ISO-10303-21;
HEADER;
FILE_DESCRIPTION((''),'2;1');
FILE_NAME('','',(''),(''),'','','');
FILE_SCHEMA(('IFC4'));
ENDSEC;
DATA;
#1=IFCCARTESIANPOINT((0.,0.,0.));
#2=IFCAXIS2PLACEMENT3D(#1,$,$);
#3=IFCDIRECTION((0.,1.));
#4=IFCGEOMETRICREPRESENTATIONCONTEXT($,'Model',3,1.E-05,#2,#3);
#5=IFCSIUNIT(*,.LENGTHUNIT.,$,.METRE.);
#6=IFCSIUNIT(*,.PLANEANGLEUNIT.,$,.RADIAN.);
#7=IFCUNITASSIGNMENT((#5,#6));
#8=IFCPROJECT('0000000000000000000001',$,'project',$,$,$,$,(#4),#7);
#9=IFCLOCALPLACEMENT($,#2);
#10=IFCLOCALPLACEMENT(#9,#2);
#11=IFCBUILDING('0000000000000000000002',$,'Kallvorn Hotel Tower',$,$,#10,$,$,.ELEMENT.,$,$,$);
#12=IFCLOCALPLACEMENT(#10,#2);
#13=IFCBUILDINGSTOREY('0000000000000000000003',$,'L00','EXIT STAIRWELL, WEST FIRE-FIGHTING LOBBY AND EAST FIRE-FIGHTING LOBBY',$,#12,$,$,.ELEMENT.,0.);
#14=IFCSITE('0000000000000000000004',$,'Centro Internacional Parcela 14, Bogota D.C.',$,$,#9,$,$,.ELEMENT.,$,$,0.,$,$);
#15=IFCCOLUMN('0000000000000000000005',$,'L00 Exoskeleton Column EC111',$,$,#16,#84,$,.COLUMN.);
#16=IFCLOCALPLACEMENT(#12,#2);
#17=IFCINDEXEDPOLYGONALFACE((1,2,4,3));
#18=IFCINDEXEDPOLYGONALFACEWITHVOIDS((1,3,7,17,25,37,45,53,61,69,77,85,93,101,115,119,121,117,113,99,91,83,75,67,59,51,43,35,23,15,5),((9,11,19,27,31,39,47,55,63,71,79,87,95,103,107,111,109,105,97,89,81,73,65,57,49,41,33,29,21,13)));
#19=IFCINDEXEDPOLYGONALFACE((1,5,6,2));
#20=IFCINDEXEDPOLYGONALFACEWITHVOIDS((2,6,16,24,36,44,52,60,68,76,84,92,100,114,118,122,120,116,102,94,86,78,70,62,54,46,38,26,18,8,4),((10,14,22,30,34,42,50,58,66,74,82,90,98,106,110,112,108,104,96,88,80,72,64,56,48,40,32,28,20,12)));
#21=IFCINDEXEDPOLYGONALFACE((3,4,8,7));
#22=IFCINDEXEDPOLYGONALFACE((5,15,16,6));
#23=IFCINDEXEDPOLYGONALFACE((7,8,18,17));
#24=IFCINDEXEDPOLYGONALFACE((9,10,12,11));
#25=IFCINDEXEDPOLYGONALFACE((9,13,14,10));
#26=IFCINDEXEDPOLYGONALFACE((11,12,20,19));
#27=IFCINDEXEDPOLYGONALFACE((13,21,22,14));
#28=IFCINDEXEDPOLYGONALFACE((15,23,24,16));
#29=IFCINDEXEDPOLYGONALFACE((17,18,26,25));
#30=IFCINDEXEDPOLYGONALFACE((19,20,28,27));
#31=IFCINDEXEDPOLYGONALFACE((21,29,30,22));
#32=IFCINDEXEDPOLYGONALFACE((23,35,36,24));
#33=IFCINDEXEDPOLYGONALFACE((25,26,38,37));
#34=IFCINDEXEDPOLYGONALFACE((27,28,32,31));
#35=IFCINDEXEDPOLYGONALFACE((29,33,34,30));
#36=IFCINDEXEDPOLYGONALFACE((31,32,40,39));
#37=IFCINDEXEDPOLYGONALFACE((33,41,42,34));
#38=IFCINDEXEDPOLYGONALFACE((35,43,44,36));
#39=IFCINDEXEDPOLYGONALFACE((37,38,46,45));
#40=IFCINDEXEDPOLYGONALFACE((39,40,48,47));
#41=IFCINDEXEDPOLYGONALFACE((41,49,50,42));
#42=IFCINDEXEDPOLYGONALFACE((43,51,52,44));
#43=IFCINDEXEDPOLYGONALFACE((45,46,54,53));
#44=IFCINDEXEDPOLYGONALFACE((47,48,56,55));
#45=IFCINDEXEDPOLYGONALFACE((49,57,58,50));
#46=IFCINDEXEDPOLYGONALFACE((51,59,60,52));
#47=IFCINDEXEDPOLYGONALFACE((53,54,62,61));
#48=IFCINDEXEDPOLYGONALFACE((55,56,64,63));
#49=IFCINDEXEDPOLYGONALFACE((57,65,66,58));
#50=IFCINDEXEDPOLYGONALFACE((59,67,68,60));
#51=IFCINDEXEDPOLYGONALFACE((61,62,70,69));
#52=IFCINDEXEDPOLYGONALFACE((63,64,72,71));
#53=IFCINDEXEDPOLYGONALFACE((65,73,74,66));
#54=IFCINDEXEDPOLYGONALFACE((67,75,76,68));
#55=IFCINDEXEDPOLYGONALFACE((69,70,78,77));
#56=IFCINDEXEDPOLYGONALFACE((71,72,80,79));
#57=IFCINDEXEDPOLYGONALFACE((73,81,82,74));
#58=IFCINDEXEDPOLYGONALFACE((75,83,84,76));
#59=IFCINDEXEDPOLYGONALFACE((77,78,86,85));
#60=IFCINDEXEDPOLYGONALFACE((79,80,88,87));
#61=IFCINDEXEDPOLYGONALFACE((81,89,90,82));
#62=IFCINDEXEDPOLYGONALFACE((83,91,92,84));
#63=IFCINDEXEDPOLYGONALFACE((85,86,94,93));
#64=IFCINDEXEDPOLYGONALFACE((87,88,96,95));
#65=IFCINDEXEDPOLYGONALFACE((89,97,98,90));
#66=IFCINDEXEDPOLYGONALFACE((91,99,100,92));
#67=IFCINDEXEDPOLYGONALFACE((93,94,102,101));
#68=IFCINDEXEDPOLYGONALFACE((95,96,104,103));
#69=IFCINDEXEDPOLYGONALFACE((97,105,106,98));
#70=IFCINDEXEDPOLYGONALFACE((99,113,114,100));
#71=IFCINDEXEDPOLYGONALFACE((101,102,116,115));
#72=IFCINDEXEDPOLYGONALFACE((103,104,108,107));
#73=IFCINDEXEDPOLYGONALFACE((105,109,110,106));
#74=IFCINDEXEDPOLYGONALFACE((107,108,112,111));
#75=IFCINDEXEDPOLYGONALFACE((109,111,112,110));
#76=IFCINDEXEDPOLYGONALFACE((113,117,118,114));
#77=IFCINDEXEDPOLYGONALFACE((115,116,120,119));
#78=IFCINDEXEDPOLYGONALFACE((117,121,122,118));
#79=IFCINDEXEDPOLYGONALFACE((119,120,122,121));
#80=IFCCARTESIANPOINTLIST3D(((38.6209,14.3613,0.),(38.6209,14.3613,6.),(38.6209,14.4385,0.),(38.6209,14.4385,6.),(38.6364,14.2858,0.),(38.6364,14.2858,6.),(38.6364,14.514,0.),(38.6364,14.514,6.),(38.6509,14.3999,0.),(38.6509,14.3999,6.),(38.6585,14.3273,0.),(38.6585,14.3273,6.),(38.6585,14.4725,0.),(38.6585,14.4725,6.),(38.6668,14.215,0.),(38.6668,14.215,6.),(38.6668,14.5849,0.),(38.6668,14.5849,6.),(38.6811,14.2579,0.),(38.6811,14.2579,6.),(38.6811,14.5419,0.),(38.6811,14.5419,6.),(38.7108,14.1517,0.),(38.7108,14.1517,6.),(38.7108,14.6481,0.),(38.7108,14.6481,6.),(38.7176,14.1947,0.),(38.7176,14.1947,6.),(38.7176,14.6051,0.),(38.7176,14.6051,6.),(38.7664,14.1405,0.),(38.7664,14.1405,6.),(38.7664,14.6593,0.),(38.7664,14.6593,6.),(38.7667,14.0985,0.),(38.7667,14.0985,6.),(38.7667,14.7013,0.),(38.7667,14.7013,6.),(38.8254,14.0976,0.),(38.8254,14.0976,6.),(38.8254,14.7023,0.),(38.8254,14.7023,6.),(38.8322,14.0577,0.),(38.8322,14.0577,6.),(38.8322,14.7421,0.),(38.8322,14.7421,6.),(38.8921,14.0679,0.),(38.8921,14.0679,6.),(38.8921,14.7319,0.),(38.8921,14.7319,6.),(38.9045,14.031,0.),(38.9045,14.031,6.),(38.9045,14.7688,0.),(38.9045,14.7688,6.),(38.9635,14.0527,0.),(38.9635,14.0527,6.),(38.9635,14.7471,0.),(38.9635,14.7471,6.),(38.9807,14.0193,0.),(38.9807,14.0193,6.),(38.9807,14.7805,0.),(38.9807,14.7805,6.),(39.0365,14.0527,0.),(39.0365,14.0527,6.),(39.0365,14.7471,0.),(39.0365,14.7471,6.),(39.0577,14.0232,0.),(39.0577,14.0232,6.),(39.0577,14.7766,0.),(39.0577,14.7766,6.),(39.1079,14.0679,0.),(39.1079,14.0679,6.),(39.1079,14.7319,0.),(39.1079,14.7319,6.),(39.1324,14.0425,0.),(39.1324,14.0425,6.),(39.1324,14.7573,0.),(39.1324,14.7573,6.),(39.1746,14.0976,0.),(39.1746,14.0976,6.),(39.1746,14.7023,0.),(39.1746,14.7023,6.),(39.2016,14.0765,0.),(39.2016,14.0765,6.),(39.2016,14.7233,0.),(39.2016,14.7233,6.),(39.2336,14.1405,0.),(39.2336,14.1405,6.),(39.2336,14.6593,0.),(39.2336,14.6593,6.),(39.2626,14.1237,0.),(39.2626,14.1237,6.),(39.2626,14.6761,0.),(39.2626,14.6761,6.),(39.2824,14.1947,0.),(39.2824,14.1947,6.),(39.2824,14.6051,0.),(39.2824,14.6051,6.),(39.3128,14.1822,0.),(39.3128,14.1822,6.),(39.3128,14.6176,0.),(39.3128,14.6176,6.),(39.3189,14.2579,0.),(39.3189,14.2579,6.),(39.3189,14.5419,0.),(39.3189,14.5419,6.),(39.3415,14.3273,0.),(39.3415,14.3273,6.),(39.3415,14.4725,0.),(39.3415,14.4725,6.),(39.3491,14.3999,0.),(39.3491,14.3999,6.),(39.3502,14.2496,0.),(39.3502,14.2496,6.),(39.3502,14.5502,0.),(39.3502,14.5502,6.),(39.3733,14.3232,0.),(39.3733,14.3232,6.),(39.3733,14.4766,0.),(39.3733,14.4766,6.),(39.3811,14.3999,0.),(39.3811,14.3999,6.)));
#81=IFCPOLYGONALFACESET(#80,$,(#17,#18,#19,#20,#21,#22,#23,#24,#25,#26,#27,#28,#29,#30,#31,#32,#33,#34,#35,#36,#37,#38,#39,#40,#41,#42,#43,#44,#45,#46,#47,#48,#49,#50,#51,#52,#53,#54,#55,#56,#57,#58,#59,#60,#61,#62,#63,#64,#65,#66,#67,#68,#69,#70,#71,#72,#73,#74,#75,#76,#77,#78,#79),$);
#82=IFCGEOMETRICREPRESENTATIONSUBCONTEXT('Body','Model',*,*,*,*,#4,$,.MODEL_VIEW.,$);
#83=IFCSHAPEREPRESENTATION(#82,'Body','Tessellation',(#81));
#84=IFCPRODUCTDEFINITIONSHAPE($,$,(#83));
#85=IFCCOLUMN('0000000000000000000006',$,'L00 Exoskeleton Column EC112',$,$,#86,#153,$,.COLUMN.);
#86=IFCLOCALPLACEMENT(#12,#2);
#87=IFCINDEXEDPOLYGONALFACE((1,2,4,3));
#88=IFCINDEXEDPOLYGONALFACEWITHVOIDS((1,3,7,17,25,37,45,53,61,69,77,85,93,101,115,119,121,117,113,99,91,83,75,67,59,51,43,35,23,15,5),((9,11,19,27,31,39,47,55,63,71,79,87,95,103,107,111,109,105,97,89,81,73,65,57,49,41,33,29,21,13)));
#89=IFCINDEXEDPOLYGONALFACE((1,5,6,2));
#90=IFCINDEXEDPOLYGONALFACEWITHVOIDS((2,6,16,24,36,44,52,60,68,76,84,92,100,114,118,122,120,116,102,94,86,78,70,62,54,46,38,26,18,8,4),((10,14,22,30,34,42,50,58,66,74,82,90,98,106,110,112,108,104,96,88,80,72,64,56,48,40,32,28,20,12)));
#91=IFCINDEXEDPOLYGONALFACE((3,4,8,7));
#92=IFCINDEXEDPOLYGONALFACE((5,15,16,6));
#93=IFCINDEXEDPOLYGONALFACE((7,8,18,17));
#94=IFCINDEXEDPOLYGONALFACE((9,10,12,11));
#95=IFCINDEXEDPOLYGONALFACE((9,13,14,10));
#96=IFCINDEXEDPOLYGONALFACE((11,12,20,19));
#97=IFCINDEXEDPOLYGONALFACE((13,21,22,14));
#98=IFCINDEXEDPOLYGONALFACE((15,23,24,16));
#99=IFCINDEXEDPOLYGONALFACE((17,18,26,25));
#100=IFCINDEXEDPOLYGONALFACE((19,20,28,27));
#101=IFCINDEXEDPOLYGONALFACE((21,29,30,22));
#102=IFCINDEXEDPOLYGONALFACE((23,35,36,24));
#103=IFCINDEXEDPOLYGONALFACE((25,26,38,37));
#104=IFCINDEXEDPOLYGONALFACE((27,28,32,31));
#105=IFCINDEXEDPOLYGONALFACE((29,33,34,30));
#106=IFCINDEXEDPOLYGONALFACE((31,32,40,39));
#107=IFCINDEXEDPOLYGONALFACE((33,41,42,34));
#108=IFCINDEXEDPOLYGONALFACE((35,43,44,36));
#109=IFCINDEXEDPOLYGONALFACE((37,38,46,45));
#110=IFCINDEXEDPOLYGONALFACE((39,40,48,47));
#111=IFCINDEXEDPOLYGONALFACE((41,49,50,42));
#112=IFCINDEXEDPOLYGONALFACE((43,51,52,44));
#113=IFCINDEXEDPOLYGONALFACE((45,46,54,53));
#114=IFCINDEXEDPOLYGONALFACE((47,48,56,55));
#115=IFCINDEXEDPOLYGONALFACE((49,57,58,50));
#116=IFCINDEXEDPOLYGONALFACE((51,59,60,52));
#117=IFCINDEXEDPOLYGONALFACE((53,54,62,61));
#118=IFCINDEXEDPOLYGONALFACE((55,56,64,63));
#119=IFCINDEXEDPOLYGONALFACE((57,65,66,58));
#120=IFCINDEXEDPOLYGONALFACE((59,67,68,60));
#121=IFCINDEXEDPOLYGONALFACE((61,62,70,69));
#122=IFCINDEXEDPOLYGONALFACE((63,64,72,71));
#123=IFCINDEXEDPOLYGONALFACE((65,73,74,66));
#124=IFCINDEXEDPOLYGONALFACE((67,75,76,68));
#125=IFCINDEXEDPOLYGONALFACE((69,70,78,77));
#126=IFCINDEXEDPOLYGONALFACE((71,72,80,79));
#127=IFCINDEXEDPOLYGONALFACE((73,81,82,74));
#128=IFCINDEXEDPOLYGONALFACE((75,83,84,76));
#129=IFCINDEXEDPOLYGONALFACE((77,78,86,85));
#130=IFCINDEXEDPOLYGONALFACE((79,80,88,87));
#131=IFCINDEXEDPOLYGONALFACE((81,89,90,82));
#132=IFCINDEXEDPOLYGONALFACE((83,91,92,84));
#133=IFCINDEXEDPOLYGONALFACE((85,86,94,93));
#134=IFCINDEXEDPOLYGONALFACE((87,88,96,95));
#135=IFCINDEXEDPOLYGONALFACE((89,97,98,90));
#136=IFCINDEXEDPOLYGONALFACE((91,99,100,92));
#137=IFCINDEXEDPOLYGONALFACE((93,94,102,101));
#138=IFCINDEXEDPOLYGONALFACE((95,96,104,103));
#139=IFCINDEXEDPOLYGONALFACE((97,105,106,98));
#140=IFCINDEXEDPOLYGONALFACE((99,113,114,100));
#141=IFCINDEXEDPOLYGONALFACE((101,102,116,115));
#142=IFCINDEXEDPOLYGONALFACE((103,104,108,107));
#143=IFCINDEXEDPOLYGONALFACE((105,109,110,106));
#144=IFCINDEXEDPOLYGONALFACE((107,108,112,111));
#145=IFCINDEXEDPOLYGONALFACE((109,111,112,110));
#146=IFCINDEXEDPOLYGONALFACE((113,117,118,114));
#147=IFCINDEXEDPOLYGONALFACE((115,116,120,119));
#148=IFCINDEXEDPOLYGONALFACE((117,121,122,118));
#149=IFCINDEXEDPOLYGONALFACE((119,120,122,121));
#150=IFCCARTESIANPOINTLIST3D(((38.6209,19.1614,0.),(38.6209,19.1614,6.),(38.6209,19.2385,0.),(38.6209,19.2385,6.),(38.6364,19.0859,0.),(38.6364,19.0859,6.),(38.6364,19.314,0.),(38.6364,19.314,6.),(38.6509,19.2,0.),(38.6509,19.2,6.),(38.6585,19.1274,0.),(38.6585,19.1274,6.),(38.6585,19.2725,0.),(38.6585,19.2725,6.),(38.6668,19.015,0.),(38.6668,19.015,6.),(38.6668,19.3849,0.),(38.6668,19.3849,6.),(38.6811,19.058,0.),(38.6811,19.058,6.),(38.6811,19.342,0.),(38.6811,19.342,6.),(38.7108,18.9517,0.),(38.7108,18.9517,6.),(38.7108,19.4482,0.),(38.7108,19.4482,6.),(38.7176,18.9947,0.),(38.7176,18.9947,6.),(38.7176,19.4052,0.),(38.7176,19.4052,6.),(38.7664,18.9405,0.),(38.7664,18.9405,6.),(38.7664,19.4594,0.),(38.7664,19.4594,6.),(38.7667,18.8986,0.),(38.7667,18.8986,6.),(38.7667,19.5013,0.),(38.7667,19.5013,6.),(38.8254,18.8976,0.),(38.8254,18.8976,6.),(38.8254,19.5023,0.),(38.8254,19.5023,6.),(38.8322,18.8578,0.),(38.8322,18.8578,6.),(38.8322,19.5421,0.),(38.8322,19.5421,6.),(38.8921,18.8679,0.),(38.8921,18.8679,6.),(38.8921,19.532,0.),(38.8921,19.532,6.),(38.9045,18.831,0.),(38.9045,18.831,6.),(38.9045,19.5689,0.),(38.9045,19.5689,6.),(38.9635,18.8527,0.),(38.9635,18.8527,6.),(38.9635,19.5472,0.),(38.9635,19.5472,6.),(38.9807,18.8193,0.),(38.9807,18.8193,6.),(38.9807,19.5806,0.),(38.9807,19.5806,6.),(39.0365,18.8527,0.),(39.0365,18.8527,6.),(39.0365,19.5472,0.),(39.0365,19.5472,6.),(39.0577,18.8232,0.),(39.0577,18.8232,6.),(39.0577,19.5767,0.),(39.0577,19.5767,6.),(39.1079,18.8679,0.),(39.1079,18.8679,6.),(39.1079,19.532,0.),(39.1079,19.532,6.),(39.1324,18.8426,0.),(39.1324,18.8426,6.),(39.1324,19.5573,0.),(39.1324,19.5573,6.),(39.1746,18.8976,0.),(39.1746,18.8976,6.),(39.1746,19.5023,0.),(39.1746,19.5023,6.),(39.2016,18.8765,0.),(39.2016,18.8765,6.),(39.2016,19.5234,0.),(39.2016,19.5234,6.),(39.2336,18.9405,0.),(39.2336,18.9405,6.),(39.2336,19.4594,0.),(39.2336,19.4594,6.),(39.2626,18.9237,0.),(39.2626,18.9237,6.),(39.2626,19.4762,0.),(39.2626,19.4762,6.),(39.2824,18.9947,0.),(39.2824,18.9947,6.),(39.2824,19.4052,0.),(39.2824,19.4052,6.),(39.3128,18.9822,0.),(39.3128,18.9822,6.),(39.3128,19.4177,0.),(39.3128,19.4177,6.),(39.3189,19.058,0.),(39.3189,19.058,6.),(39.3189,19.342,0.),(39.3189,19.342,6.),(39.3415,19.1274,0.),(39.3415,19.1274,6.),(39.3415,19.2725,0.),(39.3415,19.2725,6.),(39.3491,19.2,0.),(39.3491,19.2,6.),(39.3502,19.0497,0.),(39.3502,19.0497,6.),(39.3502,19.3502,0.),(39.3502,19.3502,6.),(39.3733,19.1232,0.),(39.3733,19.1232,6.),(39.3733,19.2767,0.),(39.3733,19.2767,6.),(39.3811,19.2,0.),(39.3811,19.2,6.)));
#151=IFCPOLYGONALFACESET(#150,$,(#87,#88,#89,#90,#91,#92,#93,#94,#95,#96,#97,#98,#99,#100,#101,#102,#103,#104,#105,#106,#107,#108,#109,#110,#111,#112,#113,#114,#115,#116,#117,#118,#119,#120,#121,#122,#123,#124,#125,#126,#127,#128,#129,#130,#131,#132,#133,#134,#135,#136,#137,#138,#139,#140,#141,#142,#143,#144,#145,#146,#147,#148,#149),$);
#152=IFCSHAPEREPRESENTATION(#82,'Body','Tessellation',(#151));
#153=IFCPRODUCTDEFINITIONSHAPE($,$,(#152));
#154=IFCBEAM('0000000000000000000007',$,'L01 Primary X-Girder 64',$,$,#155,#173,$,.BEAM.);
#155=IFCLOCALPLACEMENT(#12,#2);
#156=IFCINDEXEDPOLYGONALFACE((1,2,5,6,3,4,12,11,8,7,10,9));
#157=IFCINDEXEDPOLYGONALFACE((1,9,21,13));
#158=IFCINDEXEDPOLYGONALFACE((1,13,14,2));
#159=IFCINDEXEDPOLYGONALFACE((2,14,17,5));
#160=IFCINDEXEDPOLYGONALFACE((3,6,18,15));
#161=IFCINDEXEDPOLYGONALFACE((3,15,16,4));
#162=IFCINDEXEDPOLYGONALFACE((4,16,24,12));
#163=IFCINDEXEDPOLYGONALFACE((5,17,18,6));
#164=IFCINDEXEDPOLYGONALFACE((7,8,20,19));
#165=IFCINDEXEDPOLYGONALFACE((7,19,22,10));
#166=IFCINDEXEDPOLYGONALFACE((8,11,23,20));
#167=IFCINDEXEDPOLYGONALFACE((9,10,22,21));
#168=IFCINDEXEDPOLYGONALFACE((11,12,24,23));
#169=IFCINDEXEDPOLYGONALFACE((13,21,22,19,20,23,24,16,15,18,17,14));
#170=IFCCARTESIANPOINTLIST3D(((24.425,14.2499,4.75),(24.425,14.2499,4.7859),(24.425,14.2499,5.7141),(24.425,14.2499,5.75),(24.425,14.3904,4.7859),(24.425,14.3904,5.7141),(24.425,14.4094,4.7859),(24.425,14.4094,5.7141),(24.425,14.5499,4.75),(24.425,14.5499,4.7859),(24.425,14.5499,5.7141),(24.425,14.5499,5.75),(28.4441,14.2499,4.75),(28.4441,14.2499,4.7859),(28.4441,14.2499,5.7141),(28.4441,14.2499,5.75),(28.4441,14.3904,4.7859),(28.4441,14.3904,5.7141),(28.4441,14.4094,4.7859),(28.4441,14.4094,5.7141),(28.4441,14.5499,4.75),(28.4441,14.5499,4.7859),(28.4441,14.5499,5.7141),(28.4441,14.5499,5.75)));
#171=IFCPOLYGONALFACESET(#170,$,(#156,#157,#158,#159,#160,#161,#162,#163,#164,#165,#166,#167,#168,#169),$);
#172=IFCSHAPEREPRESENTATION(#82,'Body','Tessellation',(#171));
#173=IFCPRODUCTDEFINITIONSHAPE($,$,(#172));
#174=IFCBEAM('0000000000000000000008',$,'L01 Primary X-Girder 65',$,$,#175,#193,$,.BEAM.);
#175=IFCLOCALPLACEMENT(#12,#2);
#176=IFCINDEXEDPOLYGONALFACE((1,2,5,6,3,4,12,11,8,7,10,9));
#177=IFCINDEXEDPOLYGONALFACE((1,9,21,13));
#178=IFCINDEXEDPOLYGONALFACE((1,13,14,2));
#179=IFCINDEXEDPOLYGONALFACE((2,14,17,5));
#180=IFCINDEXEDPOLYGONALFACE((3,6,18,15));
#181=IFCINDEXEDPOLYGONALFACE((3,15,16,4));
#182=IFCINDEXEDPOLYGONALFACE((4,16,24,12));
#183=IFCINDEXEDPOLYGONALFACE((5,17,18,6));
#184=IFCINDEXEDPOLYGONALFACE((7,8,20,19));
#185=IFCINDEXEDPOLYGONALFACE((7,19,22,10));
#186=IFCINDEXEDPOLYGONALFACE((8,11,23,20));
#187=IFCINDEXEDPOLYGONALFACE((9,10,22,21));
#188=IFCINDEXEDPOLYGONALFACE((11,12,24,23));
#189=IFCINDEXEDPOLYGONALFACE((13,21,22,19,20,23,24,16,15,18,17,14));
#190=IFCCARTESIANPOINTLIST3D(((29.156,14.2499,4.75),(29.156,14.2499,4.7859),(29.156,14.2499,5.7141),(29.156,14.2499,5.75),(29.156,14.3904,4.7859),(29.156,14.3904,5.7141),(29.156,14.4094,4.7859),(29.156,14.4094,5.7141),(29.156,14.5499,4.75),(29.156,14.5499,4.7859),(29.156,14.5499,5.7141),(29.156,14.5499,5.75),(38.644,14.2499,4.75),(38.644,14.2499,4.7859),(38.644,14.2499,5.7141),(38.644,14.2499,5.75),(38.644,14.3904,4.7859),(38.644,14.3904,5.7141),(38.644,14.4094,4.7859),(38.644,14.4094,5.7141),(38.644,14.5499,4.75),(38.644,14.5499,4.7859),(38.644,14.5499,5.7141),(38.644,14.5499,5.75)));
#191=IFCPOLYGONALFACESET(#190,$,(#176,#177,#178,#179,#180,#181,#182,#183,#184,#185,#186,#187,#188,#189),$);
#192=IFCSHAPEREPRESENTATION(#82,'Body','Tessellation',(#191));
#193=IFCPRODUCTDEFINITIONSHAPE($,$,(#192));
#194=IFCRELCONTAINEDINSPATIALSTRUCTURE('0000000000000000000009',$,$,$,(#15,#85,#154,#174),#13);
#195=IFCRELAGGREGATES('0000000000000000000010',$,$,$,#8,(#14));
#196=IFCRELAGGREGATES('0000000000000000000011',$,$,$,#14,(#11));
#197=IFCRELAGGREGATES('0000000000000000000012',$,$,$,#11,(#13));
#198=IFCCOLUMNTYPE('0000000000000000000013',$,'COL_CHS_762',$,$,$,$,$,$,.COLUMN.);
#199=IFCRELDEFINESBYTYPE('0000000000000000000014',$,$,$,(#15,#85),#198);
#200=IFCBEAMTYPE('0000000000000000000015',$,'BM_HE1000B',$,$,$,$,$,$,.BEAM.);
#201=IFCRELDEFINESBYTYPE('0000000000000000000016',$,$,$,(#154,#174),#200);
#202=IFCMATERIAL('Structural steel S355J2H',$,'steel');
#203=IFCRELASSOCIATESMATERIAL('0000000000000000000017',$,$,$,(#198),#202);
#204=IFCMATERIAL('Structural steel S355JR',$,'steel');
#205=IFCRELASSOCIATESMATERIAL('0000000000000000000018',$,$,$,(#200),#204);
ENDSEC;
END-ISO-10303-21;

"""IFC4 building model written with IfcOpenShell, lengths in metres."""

from ifc_helpers import new_model, si_unit, direction, frame, origin, origin_2d, place, context, subcontext, project, spatial, hollow_circle, i_section, extrude, material, material_profile, profile_set, type_object, element, save


model = new_model("IFC4")

# Units and contexts
model_context = context("Model", 3, precision=1e-05, world=origin(), true_north=direction((0.0, 1.0)))
body_context = subcontext(model_context, "Body", "Model", "MODEL_VIEW")
ifc_project = project(units=[si_unit("LENGTHUNIT", "METRE"), si_unit("PLANEANGLEUNIT", "RADIAN")], contexts=[model_context])

# Site, building, storey
site_placement = place(None, origin())
site = spatial("IfcSite", under=ifc_project, at=site_placement, Name="Centro Internacional Parcela 14, Bogota D.C.", CompositionType="ELEMENT", RefElevation=0.0)
building_placement = place(site_placement, origin())
building = spatial("IfcBuilding", under=site, at=building_placement, Name="Kallvorn Hotel Tower", CompositionType="ELEMENT")
storey_placement = place(building_placement, origin())
storey = spatial("IfcBuildingStorey", under=building, at=storey_placement, Name="L00", Description="EXIT STAIRWELL, WEST FIRE-FIGHTING LOBBY AND EAST FIRE-FIGHTING LOBBY", CompositionType="ELEMENT", Elevation=0.0)

# Columns
ifc_material_1 = material(Name="Structural steel S355J2H", Category="steel")
ifc_material_profile_1 = material_profile(ifc_material_1, hollow_circle(Radius=0.3811, WallThickness=0.032, at=origin_2d()), Name="CHS 762x32")
ifc_profile_set_1 = profile_set([ifc_material_profile_1], Name="Structural steel S355J2H")
column_type = type_object("IfcColumnType", Name="COL_CHS_762", PredefinedType="COLUMN", material=ifc_profile_set_1)
for number, where, z_axis, x_axis, name in (
    (1, (39.0, 14.3999, 0.0), (0.0, 0.0, 1.0), (1.0, 0.0, 0.0), "L00 Exoskeleton Column EC111"),
    (2, (39.0, 19.2, 0.0), (0.0, 0.0, 1.0), (1.0, 0.0, 0.0), "L00 Exoskeleton Column EC112"),
):
    element("IfcColumn", number, at=place(storey_placement, frame(where, z_axis=z_axis, x_axis=x_axis)), inside=storey, type_object=column_type, Name=name, PredefinedType="COLUMN", context=body_context, shape_type="SweptSolid", body=[
        extrude(hollow_circle(Radius=0.3811, WallThickness=0.032, at=origin_2d()), origin(), (0.0, 0.0, 1.0), 6.0),
    ])

# Beams
ifc_material_2 = material(Name="Structural steel S355JR", Category="steel")
ifc_material_profile_2 = material_profile(ifc_material_2, i_section(OverallWidth=0.3, OverallDepth=1.0, WebThickness=0.019, FlangeThickness=0.0359, at=origin_2d()), Name="HE 1000 B")
ifc_profile_set_2 = profile_set([ifc_material_profile_2], Name="Structural steel S355JR")
beam_type_1 = type_object("IfcBeamType", Name="BM_HE1000B", PredefinedType="BEAM", material=ifc_profile_set_2)
beam_1_placement = place(storey_placement, frame((24.425, 14.3999, 5.25), z_axis=(1.0, 0.0, 0.0), x_axis=(0.0, 1.0, 0.0)))
element("IfcBeam", 3, at=beam_1_placement, inside=storey, type_object=beam_type_1, Name="L01 Primary X-Girder 64", PredefinedType="BEAM", context=body_context, shape_type="SweptSolid", body=[
    extrude(i_section(OverallWidth=0.3, OverallDepth=1.0, WebThickness=0.019, FlangeThickness=0.0359, at=origin_2d()), origin(), (0.0, 0.0, 1.0), 4.019),
])
for number, where, z_axis, x_axis, name in (
    (4, (29.156, 14.3999, 5.25), (1.0, 0.0, 0.0), (0.0, 1.0, 0.0), "L01 Primary X-Girder 65"),
):
    element("IfcBeam", number, at=place(storey_placement, frame(where, z_axis=z_axis, x_axis=x_axis)), inside=storey, type_object=beam_type_1, Name=name, PredefinedType="BEAM", context=body_context, shape_type="SweptSolid", body=[
        extrude(i_section(OverallWidth=0.3, OverallDepth=1.0, WebThickness=0.019, FlangeThickness=0.0359, at=origin_2d()), origin(), (0.0, 0.0, 1.0), 9.488),
    ])

save(model, "model.ifc")
